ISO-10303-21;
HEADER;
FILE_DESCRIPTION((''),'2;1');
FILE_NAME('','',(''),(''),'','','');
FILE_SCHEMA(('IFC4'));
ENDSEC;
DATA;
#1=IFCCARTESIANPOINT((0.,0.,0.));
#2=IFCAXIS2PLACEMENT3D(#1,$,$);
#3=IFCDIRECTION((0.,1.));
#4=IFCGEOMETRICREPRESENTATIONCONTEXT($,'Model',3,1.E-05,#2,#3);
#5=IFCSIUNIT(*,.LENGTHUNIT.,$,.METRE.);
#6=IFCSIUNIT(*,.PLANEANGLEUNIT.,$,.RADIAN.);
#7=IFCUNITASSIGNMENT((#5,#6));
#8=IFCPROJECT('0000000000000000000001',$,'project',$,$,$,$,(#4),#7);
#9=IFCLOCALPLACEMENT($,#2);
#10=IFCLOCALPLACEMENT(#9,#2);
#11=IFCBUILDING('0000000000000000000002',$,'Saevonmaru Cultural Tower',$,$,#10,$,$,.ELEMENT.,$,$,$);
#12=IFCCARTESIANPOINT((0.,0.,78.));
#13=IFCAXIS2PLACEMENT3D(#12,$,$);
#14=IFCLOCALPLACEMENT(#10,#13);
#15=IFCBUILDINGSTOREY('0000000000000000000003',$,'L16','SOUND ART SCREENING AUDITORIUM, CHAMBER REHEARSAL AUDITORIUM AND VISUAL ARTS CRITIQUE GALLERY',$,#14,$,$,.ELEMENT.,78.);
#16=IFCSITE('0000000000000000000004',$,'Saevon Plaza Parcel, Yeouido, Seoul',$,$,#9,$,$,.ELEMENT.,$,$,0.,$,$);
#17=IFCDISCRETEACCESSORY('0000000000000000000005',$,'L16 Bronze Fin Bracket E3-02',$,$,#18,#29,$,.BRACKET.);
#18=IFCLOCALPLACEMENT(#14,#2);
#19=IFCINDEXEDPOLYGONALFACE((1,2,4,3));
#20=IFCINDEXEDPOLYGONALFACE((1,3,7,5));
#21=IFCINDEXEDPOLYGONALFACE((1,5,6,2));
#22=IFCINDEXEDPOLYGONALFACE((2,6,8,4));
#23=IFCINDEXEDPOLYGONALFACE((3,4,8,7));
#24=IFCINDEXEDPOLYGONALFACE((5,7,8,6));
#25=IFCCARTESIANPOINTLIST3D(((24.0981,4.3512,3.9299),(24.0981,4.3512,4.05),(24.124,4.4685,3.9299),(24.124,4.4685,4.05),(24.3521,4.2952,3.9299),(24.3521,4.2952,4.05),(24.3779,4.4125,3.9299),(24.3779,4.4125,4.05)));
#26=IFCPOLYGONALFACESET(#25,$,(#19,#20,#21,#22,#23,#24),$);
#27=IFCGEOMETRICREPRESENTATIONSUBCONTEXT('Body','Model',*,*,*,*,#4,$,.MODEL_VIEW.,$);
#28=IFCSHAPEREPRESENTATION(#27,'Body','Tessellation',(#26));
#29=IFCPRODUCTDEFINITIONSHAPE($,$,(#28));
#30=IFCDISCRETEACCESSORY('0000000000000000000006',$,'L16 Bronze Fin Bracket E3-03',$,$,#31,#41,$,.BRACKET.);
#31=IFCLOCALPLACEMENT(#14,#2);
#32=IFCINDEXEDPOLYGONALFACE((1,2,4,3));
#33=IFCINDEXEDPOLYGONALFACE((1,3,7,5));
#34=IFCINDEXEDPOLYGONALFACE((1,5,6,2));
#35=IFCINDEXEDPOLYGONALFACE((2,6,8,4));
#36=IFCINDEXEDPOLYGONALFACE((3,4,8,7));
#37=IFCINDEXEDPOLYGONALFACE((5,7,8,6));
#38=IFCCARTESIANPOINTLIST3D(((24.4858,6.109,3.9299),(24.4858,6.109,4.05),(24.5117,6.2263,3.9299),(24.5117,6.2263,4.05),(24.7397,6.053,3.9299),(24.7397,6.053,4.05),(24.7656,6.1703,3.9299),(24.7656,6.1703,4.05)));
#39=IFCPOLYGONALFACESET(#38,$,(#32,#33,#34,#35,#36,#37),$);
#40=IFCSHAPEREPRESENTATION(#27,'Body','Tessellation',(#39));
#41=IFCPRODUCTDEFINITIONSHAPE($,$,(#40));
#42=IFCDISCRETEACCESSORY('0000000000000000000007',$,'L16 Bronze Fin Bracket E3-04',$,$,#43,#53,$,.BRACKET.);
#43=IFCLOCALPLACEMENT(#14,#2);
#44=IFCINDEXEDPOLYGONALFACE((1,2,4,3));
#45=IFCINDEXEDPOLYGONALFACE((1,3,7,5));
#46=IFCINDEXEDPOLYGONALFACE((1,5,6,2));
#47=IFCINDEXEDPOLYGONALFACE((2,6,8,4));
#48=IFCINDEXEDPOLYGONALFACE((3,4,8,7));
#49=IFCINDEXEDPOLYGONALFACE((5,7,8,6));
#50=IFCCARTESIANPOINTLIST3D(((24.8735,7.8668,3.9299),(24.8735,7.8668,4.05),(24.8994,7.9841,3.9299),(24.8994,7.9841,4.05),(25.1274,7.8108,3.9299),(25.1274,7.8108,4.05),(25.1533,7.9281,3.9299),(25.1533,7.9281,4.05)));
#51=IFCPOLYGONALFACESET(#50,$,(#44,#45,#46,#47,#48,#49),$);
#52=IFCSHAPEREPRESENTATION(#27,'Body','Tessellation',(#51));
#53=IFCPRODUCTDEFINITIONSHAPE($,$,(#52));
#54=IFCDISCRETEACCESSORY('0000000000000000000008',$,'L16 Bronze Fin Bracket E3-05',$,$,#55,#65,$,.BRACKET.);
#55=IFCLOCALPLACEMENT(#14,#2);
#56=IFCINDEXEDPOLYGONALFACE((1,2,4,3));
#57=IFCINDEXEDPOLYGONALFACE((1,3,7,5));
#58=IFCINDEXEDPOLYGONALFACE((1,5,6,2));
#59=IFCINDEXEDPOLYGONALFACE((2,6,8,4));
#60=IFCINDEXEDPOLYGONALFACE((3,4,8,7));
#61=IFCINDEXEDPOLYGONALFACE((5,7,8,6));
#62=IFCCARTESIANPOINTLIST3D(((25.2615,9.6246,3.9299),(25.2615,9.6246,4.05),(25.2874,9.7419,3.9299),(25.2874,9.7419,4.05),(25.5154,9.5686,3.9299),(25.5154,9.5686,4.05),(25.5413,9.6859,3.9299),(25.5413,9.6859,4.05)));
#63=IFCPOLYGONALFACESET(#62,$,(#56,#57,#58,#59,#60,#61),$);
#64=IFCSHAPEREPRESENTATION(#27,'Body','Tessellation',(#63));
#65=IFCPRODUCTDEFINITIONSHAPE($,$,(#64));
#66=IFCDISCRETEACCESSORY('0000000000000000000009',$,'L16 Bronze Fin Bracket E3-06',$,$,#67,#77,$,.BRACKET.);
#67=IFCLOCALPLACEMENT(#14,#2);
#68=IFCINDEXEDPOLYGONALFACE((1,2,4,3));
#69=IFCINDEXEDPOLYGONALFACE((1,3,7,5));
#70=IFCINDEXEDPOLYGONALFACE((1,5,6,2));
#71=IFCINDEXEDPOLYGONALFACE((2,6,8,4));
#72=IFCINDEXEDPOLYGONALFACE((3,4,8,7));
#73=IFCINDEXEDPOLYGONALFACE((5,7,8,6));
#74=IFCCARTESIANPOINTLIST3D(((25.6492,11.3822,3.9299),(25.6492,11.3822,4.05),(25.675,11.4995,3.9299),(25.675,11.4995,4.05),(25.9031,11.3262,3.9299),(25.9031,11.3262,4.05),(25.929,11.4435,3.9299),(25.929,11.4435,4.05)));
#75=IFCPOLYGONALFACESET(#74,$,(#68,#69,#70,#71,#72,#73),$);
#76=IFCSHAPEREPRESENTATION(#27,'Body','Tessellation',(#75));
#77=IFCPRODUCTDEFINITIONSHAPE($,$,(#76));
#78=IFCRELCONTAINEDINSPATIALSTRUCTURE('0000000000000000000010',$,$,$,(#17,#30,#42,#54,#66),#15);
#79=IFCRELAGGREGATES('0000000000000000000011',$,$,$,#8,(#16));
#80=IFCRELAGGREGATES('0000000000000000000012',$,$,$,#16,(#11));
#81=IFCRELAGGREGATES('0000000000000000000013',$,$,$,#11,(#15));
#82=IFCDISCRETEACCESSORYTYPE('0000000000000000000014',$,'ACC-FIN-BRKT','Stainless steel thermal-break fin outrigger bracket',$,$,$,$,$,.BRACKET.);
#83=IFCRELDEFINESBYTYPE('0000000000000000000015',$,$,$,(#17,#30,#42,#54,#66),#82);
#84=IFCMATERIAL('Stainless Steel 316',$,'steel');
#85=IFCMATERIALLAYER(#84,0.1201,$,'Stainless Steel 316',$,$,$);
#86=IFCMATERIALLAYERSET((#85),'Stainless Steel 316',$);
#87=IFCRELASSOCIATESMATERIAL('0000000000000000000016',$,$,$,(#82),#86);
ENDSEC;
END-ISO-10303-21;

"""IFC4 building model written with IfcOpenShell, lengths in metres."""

from ifc_helpers import new_model, si_unit, direction, frame, origin, origin_2d, place, context, subcontext, project, spatial, rectangle, extrude, material, layer, layer_set, type_object, element, save


model = new_model("IFC4")

# Units and contexts
model_context = context("Model", 3, precision=1e-05, world=origin(), true_north=direction((0.0, 1.0)))
body_context = subcontext(model_context, "Body", "Model", "MODEL_VIEW")
ifc_project = project(units=[si_unit("LENGTHUNIT", "METRE"), si_unit("PLANEANGLEUNIT", "RADIAN")], contexts=[model_context])

# Site, building, storey
site_placement = place(None, origin())
site = spatial("IfcSite", under=ifc_project, at=site_placement, Name="Saevon Plaza Parcel, Yeouido, Seoul", CompositionType="ELEMENT", RefElevation=0.0)
building_placement = place(site_placement, origin())
building = spatial("IfcBuilding", under=site, at=building_placement, Name="Saevonmaru Cultural Tower", CompositionType="ELEMENT")
storey_placement = place(building_placement, frame((0.0, 0.0, 78.0)))
storey = spatial("IfcBuildingStorey", under=building, at=storey_placement, Name="L16", Description="SOUND ART SCREENING AUDITORIUM, CHAMBER REHEARSAL AUDITORIUM AND VISUAL ARTS CRITIQUE GALLERY", CompositionType="ELEMENT", Elevation=78.0)

# Discrete accessories
ifc_material_1 = material(Name="Stainless Steel 316", Category="steel")
ifc_layer_1 = layer(ifc_material_1, 0.1201, Name="Stainless Steel 316")
ifc_layer_set_1 = layer_set([ifc_layer_1], Name="Stainless Steel 316")
discrete_accessory_type = type_object("IfcDiscreteAccessoryType", Name="ACC-FIN-BRKT", Description="Stainless steel thermal-break fin outrigger bracket", PredefinedType="BRACKET", material=ifc_layer_set_1)
for number, where, z_axis, x_axis, name in (
    (1, (24.238, 4.3818, 3.9299), (0.0, 0.0, 1.0), (0.976522, -0.215417, 0.0), "L16 Bronze Fin Bracket E3-02"),
    (2, (24.6257, 6.1396, 3.9299), (0.0, 0.0, 1.0), (0.976522, -0.215417, 0.0), "L16 Bronze Fin Bracket E3-03"),
    (3, (25.0134, 7.8975, 3.9299), (0.0, 0.0, 1.0), (0.976522, -0.215417, 0.0), "L16 Bronze Fin Bracket E3-04"),
    (4, (25.4014, 9.6553, 3.9299), (0.0, 0.0, 1.0), (0.976522, -0.215417, 0.0), "L16 Bronze Fin Bracket E3-05"),
    (5, (25.7891, 11.4128, 3.9299), (0.0, 0.0, 1.0), (0.976522, -0.215417, 0.0), "L16 Bronze Fin Bracket E3-06"),
):
    element("IfcDiscreteAccessory", number, at=place(storey_placement, frame(where, z_axis=z_axis, x_axis=x_axis)), inside=storey, type_object=discrete_accessory_type, Name=name, PredefinedType="BRACKET", context=body_context, shape_type="SweptSolid", body=[
        extrude(rectangle(XDim=0.26, YDim=0.1201, at=origin_2d()), origin(), (0.0, 0.0, 1.0), 0.1201),
    ])

save(model, "model.ifc")
